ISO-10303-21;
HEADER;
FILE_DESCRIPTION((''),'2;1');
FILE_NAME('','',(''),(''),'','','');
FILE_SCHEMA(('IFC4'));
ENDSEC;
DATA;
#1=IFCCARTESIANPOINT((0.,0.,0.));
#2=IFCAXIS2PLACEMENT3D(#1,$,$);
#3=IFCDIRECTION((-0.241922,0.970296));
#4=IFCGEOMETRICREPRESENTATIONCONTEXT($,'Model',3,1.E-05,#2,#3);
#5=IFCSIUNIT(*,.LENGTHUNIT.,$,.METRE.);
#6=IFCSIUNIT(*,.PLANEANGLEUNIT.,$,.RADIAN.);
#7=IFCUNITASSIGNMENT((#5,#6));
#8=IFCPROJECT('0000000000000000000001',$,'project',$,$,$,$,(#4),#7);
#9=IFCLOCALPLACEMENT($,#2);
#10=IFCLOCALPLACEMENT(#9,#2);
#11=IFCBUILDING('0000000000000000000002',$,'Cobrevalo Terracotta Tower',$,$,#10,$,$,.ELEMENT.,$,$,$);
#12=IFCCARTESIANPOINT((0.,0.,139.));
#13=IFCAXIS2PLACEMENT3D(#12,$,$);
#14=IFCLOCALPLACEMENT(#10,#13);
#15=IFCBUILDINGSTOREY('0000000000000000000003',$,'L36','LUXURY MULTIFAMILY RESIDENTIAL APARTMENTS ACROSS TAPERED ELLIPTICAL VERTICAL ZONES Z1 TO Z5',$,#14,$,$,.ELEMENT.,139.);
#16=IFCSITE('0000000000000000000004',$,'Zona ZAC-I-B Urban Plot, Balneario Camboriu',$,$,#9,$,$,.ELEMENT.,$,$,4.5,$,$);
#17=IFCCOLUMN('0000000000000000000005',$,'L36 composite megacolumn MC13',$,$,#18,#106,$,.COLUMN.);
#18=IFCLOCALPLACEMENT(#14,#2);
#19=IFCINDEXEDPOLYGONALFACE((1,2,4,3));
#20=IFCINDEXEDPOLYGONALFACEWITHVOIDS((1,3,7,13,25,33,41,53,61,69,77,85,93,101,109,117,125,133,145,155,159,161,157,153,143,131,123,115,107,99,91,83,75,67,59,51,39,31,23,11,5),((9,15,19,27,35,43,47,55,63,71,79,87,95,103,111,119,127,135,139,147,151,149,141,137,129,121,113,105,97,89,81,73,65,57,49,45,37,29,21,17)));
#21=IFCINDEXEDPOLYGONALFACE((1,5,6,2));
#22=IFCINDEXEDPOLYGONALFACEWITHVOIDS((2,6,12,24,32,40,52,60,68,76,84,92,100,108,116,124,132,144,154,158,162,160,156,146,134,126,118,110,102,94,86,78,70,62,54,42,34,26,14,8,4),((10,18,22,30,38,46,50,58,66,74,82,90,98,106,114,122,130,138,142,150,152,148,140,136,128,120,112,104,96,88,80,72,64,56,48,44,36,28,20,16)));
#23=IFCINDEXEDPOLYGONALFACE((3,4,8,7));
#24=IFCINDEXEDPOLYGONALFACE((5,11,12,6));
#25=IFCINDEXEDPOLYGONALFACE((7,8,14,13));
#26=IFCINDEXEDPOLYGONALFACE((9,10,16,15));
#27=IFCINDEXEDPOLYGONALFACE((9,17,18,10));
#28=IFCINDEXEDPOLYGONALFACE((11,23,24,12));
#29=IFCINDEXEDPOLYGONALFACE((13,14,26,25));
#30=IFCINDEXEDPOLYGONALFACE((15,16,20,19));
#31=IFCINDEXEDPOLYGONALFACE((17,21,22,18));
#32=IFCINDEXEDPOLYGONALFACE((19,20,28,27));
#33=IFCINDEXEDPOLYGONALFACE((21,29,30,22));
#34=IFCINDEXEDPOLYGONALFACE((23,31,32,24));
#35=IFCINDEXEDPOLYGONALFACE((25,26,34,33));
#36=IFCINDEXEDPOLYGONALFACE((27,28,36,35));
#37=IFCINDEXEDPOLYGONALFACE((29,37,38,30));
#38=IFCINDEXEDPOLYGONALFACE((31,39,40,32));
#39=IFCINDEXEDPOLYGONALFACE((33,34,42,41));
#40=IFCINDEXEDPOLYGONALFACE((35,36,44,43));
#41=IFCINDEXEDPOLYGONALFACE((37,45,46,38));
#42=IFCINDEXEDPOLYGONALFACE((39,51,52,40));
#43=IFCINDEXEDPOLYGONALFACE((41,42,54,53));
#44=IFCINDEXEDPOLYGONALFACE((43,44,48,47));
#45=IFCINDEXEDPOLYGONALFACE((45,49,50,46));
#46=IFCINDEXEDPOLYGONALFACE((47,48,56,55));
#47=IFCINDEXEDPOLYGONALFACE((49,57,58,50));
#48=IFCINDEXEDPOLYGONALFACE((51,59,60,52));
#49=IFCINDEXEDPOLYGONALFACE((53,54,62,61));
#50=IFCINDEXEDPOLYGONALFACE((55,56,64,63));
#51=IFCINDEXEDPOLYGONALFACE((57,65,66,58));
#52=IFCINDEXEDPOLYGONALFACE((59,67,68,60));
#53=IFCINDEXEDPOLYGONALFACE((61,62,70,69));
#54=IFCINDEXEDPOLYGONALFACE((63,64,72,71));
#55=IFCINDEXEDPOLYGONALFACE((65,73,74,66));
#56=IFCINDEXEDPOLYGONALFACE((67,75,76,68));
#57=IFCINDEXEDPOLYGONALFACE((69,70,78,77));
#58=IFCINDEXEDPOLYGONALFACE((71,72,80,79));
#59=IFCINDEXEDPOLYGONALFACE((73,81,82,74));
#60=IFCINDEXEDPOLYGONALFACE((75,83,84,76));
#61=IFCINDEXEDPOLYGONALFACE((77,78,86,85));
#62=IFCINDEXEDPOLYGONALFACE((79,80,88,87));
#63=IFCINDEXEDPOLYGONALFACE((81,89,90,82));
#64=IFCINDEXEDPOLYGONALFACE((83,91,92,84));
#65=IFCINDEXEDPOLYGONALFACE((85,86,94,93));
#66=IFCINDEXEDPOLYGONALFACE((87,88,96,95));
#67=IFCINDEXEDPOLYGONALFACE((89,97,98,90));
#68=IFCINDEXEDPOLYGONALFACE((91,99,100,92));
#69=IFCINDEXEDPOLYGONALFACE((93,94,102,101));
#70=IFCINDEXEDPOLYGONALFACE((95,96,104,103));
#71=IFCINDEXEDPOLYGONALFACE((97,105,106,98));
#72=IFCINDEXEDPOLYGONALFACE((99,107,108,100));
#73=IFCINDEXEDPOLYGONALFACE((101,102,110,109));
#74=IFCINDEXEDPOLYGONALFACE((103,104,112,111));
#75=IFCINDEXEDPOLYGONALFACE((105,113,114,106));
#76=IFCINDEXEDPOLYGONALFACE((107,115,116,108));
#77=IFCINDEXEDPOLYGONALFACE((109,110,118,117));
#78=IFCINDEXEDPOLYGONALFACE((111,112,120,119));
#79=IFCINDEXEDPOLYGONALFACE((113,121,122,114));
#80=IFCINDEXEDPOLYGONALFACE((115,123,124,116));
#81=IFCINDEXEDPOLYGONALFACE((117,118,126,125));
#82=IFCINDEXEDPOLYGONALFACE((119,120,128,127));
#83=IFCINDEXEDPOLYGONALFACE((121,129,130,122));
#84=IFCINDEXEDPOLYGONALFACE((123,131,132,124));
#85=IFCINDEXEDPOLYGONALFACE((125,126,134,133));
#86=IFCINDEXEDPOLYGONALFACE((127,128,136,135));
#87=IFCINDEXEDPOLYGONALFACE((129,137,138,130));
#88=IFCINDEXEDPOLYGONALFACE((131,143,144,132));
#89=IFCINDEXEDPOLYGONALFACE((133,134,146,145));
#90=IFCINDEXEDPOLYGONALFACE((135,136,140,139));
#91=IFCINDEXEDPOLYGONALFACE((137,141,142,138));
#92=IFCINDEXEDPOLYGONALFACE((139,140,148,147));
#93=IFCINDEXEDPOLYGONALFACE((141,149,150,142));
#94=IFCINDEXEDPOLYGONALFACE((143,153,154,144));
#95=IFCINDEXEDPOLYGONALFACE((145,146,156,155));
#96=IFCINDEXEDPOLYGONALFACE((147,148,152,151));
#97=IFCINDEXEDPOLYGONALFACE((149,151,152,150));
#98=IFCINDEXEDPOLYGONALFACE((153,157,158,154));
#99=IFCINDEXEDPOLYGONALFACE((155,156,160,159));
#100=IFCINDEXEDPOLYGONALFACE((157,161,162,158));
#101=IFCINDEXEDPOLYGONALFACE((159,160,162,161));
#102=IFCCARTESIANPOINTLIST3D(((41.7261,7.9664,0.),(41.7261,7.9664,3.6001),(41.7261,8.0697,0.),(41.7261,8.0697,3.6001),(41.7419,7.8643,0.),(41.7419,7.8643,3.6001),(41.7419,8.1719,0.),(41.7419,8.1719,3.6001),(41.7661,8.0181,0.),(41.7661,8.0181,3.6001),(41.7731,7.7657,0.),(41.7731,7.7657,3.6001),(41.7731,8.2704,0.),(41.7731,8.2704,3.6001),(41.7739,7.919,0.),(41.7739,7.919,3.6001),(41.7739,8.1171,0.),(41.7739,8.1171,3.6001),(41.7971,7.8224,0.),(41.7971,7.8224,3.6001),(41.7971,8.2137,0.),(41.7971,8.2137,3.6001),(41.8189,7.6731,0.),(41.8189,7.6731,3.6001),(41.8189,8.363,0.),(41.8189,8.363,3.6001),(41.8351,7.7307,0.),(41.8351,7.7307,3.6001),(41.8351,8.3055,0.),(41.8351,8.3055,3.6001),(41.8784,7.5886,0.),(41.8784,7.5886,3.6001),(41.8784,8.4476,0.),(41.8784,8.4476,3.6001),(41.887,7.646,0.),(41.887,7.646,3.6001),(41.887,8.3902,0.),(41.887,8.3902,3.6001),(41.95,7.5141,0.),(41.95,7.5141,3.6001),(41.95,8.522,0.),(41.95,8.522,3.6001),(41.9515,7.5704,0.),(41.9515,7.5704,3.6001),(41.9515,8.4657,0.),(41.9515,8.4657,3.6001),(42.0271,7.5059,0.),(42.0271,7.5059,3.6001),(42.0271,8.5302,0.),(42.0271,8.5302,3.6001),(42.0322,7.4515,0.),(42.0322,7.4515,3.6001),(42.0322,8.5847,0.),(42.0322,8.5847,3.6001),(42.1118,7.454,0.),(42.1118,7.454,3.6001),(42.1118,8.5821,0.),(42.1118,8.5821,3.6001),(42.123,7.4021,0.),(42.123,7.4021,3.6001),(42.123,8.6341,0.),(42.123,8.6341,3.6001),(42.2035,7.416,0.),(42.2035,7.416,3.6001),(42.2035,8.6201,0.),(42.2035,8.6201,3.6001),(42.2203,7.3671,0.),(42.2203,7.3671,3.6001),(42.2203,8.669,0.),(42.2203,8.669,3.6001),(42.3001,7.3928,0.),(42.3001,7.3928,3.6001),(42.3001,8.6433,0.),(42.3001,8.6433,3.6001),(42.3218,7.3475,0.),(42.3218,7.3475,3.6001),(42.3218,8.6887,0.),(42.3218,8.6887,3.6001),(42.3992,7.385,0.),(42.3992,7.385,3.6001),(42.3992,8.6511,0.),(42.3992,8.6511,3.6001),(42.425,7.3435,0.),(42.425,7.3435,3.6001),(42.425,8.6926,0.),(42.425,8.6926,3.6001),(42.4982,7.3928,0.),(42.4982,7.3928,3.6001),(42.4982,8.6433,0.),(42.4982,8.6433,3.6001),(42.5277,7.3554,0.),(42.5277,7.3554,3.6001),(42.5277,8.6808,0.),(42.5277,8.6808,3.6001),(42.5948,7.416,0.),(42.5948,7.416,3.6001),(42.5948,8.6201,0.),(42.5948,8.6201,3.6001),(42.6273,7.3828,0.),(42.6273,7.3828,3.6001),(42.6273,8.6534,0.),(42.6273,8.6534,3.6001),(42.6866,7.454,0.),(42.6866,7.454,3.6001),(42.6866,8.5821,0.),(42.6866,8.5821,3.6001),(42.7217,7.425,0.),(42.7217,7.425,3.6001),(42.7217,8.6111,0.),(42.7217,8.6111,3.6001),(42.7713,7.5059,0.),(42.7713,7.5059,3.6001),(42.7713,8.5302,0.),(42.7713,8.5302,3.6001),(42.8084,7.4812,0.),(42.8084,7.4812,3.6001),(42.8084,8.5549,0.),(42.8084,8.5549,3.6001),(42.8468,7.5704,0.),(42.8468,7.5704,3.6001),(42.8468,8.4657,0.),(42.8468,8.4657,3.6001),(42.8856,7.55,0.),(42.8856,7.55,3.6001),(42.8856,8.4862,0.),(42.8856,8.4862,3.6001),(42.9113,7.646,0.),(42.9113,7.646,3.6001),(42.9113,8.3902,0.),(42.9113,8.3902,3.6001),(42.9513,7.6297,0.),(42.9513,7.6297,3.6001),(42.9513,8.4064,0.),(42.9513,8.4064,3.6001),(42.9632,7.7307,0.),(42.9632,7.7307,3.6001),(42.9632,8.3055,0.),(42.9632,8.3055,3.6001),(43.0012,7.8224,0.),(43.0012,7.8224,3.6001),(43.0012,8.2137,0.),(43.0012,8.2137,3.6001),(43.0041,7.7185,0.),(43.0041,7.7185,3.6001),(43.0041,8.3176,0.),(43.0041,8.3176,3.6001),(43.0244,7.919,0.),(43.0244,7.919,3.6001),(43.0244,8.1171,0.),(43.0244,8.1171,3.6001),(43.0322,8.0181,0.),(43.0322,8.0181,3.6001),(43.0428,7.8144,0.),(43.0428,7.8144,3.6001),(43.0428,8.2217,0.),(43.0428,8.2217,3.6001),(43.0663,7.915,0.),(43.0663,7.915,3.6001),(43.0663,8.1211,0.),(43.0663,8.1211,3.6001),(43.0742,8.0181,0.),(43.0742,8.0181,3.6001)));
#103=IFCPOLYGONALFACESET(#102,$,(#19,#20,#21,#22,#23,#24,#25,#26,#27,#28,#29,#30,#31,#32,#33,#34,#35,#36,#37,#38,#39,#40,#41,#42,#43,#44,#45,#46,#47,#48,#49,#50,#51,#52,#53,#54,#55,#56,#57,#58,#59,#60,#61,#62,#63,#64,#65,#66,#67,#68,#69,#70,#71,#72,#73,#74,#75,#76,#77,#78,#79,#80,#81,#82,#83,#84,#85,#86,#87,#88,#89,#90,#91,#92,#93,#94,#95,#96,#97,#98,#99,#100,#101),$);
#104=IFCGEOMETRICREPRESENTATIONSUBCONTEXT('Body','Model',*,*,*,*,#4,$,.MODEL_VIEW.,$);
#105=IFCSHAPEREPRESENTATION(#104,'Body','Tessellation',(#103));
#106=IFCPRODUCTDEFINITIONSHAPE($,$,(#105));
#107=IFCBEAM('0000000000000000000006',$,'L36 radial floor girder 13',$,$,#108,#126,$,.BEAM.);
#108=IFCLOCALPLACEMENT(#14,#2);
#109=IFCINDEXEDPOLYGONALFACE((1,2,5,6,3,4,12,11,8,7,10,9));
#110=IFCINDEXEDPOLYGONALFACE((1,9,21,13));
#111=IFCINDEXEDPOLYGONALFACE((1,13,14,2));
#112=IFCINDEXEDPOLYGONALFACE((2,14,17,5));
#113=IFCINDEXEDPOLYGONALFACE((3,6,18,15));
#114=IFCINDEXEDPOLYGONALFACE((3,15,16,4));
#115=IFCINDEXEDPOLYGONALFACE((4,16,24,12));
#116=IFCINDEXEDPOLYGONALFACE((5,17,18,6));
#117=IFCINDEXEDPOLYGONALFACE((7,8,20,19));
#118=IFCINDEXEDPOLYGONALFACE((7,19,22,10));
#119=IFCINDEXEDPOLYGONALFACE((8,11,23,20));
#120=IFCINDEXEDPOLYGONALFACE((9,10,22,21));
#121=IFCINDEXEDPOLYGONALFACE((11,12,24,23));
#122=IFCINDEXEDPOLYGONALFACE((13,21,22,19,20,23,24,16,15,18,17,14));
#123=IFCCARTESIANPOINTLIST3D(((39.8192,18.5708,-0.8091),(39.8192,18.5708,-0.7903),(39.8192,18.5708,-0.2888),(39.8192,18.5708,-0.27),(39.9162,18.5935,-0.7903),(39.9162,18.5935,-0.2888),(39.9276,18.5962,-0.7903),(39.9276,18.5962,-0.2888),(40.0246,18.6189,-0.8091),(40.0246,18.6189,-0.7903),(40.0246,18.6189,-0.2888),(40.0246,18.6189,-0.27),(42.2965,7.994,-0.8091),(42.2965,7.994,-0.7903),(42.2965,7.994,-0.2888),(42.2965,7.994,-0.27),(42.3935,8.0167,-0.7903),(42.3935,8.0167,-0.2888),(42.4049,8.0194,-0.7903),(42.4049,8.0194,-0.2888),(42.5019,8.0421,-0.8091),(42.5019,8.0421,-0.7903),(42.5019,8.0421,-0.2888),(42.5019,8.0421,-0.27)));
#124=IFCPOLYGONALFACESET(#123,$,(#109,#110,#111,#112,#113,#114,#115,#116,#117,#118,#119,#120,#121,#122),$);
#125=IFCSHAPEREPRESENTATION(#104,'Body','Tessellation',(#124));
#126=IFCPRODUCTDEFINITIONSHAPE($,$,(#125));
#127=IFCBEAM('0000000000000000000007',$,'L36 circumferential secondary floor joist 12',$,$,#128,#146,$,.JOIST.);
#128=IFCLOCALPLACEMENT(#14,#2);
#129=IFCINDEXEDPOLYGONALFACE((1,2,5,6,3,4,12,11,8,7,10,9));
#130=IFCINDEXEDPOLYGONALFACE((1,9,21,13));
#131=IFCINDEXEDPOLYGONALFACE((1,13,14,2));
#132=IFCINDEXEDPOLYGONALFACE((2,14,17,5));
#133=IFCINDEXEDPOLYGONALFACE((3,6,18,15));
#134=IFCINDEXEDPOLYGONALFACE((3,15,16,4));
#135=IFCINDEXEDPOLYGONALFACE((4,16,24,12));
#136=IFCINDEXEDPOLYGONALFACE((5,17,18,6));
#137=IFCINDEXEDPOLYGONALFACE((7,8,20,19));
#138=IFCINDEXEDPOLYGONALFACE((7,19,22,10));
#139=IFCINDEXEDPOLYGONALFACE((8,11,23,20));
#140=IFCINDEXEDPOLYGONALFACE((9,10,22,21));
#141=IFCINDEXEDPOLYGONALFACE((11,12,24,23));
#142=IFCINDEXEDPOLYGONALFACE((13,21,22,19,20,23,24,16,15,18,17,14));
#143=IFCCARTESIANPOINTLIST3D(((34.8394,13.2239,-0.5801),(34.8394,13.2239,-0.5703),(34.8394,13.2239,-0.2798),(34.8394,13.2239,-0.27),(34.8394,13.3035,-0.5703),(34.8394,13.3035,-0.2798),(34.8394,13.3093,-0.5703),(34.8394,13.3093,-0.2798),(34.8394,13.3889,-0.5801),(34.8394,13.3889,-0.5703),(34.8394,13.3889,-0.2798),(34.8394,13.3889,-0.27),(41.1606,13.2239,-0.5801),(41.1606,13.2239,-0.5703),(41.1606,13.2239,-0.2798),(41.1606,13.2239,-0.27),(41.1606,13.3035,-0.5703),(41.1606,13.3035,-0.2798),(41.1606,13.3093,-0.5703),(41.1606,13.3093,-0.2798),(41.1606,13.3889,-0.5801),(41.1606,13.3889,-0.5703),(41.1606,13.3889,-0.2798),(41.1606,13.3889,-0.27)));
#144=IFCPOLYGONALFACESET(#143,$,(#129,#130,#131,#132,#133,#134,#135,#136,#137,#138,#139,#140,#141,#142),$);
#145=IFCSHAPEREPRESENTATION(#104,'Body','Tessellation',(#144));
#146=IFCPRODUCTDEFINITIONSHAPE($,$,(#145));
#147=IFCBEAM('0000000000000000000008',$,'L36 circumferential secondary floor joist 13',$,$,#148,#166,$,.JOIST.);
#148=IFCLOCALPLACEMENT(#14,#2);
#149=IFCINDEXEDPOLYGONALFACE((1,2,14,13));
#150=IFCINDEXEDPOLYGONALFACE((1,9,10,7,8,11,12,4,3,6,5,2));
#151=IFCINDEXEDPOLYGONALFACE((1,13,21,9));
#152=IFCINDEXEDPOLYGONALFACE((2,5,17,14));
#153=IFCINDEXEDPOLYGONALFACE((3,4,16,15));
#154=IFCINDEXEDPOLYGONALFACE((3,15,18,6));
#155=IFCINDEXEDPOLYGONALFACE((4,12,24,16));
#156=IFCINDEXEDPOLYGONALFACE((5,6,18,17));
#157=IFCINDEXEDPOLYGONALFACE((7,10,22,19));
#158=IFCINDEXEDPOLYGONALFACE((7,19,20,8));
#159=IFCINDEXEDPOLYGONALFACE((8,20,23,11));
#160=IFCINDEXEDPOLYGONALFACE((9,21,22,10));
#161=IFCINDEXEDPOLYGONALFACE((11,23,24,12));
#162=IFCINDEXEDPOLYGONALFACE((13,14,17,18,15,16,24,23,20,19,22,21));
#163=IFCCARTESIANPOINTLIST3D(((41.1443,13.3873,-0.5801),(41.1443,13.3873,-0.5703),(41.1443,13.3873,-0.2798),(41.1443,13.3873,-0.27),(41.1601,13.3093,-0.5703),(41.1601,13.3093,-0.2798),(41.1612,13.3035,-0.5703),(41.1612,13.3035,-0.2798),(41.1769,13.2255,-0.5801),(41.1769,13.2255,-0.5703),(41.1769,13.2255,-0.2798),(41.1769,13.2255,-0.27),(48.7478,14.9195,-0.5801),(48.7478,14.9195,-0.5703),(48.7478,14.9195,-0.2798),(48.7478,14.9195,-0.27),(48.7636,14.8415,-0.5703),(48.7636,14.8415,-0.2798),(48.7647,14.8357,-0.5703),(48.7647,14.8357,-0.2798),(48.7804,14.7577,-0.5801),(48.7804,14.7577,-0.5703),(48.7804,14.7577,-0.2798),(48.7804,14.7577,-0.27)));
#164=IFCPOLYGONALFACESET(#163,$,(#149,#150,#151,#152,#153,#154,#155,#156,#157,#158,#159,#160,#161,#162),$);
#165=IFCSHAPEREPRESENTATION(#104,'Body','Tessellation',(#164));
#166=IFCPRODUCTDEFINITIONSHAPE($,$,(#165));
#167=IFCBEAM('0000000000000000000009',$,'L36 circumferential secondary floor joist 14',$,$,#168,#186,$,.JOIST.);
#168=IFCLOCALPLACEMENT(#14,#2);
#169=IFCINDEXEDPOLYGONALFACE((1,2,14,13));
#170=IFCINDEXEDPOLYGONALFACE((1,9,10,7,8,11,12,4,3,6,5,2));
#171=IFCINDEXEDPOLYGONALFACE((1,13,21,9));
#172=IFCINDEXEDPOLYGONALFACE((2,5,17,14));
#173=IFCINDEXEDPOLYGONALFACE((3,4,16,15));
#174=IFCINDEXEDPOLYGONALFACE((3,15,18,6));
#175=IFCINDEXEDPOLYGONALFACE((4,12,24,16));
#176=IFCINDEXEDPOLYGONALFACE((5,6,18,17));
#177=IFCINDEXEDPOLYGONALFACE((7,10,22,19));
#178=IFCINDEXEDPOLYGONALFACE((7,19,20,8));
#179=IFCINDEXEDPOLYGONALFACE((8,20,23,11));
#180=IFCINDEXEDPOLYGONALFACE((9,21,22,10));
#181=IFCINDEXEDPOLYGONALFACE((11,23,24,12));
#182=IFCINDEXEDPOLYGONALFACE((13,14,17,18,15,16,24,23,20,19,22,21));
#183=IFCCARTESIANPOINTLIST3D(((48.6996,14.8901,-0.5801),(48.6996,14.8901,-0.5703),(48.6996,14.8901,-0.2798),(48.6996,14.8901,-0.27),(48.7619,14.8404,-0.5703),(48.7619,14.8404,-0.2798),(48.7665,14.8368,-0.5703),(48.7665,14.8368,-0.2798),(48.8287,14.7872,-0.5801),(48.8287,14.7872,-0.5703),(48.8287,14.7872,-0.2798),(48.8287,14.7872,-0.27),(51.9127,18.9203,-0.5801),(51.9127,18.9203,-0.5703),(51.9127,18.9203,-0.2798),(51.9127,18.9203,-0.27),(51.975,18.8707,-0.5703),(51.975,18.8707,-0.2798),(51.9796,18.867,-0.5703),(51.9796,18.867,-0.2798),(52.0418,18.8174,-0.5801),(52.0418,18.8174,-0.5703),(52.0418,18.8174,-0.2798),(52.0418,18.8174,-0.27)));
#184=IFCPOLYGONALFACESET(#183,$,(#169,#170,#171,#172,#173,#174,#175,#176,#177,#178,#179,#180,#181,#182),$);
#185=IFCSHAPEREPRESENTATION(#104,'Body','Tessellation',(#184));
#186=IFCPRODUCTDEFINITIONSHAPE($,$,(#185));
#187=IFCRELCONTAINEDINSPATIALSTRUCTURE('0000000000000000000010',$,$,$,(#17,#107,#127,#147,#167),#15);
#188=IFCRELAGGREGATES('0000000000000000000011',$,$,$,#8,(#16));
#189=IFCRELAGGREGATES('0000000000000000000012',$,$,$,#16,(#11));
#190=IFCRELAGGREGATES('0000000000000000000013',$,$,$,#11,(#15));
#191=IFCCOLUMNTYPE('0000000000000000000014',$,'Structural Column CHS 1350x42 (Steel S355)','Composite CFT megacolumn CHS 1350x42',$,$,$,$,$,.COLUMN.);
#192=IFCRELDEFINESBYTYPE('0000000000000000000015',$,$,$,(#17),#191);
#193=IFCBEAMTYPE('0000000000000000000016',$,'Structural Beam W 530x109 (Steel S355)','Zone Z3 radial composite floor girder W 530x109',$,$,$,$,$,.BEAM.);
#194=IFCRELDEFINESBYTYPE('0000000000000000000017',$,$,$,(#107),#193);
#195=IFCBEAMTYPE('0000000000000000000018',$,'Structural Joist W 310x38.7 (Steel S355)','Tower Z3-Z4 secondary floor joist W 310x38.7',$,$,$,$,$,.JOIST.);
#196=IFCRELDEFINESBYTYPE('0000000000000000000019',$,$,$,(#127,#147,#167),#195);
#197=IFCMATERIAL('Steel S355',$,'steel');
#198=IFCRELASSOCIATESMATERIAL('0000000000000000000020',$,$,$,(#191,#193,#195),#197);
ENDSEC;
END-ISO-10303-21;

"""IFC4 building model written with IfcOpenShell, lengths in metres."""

from ifc_helpers import new_model, si_unit, direction, frame, origin, origin_2d, place, context, subcontext, project, spatial, hollow_circle, i_section, extrude, material, material_profile, profile_set, type_object, element, save


model = new_model("IFC4")

# Units and contexts
model_context = context("Model", 3, precision=1e-05, world=origin(), true_north=direction((-0.241922, 0.970296)))
body_context = subcontext(model_context, "Body", "Model", "MODEL_VIEW")
ifc_project = project(units=[si_unit("LENGTHUNIT", "METRE"), si_unit("PLANEANGLEUNIT", "RADIAN")], contexts=[model_context])

# Site, building, storey
site_placement = place(None, origin())
site = spatial("IfcSite", under=ifc_project, at=site_placement, Name="Zona ZAC-I-B Urban Plot, Balneario Camboriu", CompositionType="ELEMENT", RefElevation=4.5)
building_placement = place(site_placement, origin())
building = spatial("IfcBuilding", under=site, at=building_placement, Name="Cobrevalo Terracotta Tower", CompositionType="ELEMENT")
storey_placement = place(building_placement, frame((0.0, 0.0, 139.0)))
storey = spatial("IfcBuildingStorey", under=building, at=storey_placement, Name="L36", Description="LUXURY MULTIFAMILY RESIDENTIAL APARTMENTS ACROSS TAPERED ELLIPTICAL VERTICAL ZONES Z1 TO Z5", CompositionType="ELEMENT", Elevation=139.0)

# Column
ifc_material_1 = material(Name="Steel S355", Category="steel")
ifc_material_profile_1 = material_profile(ifc_material_1, hollow_circle(Radius=0.675, WallThickness=0.042, at=origin_2d()), Name="CHS 1350x42")
ifc_profile_set_1 = profile_set([ifc_material_profile_1], Name="Steel S355")
column_type = type_object("IfcColumnType", Name="Structural Column CHS 1350x42 (Steel S355)", Description="Composite CFT megacolumn CHS 1350x42", PredefinedType="COLUMN", material=ifc_profile_set_1)
column_placement = place(storey_placement, frame((42.3992, 8.0181, 0.0), z_axis=(0.0, 0.0, 1.0), x_axis=(1.0, 0.0, 0.0)))
element("IfcColumn", 1, at=column_placement, inside=storey, type_object=column_type, Name="L36 composite megacolumn MC13", PredefinedType="COLUMN", context=body_context, shape_type="SweptSolid", body=[
    extrude(hollow_circle(Radius=0.675, WallThickness=0.042, at=origin_2d()), origin(), (0.0, 0.0, 1.0), 3.6001),
])

# Beams
ifc_material_profile_2 = material_profile(ifc_material_1, i_section(OverallWidth=0.2109, OverallDepth=0.5391, WebThickness=0.0117, FlangeThickness=0.0188, at=origin_2d()), Name="W 530x109")
ifc_profile_set_2 = profile_set([ifc_material_profile_2], Name="Steel S355")
beam_type_1 = type_object("IfcBeamType", Name="Structural Beam W 530x109 (Steel S355)", Description="Zone Z3 radial composite floor girder W 530x109", PredefinedType="BEAM", material=ifc_profile_set_2)
beam_1_placement = place(storey_placement, frame((42.3992, 8.0181, -0.5396), z_axis=(-0.228046, 0.97365, 0.0), x_axis=(-0.97365, -0.228046, 0.0)))
element("IfcBeam", 2, at=beam_1_placement, inside=storey, type_object=beam_type_1, Name="L36 radial floor girder 13", PredefinedType="BEAM", context=body_context, shape_type="SweptSolid", body=[
    extrude(i_section(OverallWidth=0.2109, OverallDepth=0.5391, WebThickness=0.0117, FlangeThickness=0.0188, at=origin_2d()), origin(), (0.0, 0.0, 1.0), 10.863),
])
ifc_material_profile_3 = material_profile(ifc_material_1, i_section(OverallWidth=0.165, OverallDepth=0.3101, WebThickness=0.0059, FlangeThickness=0.0098, at=origin_2d()), Name="W 310x38.7")
ifc_profile_set_3 = profile_set([ifc_material_profile_3], Name="Steel S355")
beam_type_2 = type_object("IfcBeamType", Name="Structural Joist W 310x38.7 (Steel S355)", Description="Tower Z3-Z4 secondary floor joist W 310x38.7", PredefinedType="JOIST", material=ifc_profile_set_3)
beam_2_placement = place(storey_placement, frame((34.8394, 13.3064, -0.425), z_axis=(1.0, 0.0, 0.0), x_axis=(0.0, 1.0, 0.0)))
element("IfcBeam", 3, at=beam_2_placement, inside=storey, type_object=beam_type_2, Name="L36 circumferential secondary floor joist 12", PredefinedType="JOIST", context=body_context, shape_type="SweptSolid", body=[
    extrude(i_section(OverallWidth=0.165, OverallDepth=0.3101, WebThickness=0.0059, FlangeThickness=0.0098, at=origin_2d()), origin(), (0.0, 0.0, 1.0), 6.3213),
])
beam_3_placement = place(storey_placement, frame((41.1606, 13.3064, -0.425), z_axis=(0.980294, 0.197544, 0.0), x_axis=(-0.197544, 0.980294, 0.0)))
element("IfcBeam", 4, at=beam_3_placement, inside=storey, type_object=beam_type_2, Name="L36 circumferential secondary floor joist 13", PredefinedType="JOIST", context=body_context, shape_type="SweptSolid", body=[
    extrude(i_section(OverallWidth=0.165, OverallDepth=0.3101, WebThickness=0.0059, FlangeThickness=0.0098, at=origin_2d()), origin(), (0.0, 0.0, 1.0), 7.7563),
])
beam_4_placement = place(storey_placement, frame((48.7642, 14.8386, -0.425), z_axis=(0.623383, 0.781917, 0.0), x_axis=(-0.781917, 0.623383, 0.0)))
element("IfcBeam", 5, at=beam_4_placement, inside=storey, type_object=beam_type_2, Name="L36 circumferential secondary floor joist 14", PredefinedType="JOIST", context=body_context, shape_type="SweptSolid", body=[
    extrude(i_section(OverallWidth=0.165, OverallDepth=0.3101, WebThickness=0.0059, FlangeThickness=0.0098, at=origin_2d()), origin(), (0.0, 0.0, 1.0), 5.1543),
])

save(model, "model.ifc")
